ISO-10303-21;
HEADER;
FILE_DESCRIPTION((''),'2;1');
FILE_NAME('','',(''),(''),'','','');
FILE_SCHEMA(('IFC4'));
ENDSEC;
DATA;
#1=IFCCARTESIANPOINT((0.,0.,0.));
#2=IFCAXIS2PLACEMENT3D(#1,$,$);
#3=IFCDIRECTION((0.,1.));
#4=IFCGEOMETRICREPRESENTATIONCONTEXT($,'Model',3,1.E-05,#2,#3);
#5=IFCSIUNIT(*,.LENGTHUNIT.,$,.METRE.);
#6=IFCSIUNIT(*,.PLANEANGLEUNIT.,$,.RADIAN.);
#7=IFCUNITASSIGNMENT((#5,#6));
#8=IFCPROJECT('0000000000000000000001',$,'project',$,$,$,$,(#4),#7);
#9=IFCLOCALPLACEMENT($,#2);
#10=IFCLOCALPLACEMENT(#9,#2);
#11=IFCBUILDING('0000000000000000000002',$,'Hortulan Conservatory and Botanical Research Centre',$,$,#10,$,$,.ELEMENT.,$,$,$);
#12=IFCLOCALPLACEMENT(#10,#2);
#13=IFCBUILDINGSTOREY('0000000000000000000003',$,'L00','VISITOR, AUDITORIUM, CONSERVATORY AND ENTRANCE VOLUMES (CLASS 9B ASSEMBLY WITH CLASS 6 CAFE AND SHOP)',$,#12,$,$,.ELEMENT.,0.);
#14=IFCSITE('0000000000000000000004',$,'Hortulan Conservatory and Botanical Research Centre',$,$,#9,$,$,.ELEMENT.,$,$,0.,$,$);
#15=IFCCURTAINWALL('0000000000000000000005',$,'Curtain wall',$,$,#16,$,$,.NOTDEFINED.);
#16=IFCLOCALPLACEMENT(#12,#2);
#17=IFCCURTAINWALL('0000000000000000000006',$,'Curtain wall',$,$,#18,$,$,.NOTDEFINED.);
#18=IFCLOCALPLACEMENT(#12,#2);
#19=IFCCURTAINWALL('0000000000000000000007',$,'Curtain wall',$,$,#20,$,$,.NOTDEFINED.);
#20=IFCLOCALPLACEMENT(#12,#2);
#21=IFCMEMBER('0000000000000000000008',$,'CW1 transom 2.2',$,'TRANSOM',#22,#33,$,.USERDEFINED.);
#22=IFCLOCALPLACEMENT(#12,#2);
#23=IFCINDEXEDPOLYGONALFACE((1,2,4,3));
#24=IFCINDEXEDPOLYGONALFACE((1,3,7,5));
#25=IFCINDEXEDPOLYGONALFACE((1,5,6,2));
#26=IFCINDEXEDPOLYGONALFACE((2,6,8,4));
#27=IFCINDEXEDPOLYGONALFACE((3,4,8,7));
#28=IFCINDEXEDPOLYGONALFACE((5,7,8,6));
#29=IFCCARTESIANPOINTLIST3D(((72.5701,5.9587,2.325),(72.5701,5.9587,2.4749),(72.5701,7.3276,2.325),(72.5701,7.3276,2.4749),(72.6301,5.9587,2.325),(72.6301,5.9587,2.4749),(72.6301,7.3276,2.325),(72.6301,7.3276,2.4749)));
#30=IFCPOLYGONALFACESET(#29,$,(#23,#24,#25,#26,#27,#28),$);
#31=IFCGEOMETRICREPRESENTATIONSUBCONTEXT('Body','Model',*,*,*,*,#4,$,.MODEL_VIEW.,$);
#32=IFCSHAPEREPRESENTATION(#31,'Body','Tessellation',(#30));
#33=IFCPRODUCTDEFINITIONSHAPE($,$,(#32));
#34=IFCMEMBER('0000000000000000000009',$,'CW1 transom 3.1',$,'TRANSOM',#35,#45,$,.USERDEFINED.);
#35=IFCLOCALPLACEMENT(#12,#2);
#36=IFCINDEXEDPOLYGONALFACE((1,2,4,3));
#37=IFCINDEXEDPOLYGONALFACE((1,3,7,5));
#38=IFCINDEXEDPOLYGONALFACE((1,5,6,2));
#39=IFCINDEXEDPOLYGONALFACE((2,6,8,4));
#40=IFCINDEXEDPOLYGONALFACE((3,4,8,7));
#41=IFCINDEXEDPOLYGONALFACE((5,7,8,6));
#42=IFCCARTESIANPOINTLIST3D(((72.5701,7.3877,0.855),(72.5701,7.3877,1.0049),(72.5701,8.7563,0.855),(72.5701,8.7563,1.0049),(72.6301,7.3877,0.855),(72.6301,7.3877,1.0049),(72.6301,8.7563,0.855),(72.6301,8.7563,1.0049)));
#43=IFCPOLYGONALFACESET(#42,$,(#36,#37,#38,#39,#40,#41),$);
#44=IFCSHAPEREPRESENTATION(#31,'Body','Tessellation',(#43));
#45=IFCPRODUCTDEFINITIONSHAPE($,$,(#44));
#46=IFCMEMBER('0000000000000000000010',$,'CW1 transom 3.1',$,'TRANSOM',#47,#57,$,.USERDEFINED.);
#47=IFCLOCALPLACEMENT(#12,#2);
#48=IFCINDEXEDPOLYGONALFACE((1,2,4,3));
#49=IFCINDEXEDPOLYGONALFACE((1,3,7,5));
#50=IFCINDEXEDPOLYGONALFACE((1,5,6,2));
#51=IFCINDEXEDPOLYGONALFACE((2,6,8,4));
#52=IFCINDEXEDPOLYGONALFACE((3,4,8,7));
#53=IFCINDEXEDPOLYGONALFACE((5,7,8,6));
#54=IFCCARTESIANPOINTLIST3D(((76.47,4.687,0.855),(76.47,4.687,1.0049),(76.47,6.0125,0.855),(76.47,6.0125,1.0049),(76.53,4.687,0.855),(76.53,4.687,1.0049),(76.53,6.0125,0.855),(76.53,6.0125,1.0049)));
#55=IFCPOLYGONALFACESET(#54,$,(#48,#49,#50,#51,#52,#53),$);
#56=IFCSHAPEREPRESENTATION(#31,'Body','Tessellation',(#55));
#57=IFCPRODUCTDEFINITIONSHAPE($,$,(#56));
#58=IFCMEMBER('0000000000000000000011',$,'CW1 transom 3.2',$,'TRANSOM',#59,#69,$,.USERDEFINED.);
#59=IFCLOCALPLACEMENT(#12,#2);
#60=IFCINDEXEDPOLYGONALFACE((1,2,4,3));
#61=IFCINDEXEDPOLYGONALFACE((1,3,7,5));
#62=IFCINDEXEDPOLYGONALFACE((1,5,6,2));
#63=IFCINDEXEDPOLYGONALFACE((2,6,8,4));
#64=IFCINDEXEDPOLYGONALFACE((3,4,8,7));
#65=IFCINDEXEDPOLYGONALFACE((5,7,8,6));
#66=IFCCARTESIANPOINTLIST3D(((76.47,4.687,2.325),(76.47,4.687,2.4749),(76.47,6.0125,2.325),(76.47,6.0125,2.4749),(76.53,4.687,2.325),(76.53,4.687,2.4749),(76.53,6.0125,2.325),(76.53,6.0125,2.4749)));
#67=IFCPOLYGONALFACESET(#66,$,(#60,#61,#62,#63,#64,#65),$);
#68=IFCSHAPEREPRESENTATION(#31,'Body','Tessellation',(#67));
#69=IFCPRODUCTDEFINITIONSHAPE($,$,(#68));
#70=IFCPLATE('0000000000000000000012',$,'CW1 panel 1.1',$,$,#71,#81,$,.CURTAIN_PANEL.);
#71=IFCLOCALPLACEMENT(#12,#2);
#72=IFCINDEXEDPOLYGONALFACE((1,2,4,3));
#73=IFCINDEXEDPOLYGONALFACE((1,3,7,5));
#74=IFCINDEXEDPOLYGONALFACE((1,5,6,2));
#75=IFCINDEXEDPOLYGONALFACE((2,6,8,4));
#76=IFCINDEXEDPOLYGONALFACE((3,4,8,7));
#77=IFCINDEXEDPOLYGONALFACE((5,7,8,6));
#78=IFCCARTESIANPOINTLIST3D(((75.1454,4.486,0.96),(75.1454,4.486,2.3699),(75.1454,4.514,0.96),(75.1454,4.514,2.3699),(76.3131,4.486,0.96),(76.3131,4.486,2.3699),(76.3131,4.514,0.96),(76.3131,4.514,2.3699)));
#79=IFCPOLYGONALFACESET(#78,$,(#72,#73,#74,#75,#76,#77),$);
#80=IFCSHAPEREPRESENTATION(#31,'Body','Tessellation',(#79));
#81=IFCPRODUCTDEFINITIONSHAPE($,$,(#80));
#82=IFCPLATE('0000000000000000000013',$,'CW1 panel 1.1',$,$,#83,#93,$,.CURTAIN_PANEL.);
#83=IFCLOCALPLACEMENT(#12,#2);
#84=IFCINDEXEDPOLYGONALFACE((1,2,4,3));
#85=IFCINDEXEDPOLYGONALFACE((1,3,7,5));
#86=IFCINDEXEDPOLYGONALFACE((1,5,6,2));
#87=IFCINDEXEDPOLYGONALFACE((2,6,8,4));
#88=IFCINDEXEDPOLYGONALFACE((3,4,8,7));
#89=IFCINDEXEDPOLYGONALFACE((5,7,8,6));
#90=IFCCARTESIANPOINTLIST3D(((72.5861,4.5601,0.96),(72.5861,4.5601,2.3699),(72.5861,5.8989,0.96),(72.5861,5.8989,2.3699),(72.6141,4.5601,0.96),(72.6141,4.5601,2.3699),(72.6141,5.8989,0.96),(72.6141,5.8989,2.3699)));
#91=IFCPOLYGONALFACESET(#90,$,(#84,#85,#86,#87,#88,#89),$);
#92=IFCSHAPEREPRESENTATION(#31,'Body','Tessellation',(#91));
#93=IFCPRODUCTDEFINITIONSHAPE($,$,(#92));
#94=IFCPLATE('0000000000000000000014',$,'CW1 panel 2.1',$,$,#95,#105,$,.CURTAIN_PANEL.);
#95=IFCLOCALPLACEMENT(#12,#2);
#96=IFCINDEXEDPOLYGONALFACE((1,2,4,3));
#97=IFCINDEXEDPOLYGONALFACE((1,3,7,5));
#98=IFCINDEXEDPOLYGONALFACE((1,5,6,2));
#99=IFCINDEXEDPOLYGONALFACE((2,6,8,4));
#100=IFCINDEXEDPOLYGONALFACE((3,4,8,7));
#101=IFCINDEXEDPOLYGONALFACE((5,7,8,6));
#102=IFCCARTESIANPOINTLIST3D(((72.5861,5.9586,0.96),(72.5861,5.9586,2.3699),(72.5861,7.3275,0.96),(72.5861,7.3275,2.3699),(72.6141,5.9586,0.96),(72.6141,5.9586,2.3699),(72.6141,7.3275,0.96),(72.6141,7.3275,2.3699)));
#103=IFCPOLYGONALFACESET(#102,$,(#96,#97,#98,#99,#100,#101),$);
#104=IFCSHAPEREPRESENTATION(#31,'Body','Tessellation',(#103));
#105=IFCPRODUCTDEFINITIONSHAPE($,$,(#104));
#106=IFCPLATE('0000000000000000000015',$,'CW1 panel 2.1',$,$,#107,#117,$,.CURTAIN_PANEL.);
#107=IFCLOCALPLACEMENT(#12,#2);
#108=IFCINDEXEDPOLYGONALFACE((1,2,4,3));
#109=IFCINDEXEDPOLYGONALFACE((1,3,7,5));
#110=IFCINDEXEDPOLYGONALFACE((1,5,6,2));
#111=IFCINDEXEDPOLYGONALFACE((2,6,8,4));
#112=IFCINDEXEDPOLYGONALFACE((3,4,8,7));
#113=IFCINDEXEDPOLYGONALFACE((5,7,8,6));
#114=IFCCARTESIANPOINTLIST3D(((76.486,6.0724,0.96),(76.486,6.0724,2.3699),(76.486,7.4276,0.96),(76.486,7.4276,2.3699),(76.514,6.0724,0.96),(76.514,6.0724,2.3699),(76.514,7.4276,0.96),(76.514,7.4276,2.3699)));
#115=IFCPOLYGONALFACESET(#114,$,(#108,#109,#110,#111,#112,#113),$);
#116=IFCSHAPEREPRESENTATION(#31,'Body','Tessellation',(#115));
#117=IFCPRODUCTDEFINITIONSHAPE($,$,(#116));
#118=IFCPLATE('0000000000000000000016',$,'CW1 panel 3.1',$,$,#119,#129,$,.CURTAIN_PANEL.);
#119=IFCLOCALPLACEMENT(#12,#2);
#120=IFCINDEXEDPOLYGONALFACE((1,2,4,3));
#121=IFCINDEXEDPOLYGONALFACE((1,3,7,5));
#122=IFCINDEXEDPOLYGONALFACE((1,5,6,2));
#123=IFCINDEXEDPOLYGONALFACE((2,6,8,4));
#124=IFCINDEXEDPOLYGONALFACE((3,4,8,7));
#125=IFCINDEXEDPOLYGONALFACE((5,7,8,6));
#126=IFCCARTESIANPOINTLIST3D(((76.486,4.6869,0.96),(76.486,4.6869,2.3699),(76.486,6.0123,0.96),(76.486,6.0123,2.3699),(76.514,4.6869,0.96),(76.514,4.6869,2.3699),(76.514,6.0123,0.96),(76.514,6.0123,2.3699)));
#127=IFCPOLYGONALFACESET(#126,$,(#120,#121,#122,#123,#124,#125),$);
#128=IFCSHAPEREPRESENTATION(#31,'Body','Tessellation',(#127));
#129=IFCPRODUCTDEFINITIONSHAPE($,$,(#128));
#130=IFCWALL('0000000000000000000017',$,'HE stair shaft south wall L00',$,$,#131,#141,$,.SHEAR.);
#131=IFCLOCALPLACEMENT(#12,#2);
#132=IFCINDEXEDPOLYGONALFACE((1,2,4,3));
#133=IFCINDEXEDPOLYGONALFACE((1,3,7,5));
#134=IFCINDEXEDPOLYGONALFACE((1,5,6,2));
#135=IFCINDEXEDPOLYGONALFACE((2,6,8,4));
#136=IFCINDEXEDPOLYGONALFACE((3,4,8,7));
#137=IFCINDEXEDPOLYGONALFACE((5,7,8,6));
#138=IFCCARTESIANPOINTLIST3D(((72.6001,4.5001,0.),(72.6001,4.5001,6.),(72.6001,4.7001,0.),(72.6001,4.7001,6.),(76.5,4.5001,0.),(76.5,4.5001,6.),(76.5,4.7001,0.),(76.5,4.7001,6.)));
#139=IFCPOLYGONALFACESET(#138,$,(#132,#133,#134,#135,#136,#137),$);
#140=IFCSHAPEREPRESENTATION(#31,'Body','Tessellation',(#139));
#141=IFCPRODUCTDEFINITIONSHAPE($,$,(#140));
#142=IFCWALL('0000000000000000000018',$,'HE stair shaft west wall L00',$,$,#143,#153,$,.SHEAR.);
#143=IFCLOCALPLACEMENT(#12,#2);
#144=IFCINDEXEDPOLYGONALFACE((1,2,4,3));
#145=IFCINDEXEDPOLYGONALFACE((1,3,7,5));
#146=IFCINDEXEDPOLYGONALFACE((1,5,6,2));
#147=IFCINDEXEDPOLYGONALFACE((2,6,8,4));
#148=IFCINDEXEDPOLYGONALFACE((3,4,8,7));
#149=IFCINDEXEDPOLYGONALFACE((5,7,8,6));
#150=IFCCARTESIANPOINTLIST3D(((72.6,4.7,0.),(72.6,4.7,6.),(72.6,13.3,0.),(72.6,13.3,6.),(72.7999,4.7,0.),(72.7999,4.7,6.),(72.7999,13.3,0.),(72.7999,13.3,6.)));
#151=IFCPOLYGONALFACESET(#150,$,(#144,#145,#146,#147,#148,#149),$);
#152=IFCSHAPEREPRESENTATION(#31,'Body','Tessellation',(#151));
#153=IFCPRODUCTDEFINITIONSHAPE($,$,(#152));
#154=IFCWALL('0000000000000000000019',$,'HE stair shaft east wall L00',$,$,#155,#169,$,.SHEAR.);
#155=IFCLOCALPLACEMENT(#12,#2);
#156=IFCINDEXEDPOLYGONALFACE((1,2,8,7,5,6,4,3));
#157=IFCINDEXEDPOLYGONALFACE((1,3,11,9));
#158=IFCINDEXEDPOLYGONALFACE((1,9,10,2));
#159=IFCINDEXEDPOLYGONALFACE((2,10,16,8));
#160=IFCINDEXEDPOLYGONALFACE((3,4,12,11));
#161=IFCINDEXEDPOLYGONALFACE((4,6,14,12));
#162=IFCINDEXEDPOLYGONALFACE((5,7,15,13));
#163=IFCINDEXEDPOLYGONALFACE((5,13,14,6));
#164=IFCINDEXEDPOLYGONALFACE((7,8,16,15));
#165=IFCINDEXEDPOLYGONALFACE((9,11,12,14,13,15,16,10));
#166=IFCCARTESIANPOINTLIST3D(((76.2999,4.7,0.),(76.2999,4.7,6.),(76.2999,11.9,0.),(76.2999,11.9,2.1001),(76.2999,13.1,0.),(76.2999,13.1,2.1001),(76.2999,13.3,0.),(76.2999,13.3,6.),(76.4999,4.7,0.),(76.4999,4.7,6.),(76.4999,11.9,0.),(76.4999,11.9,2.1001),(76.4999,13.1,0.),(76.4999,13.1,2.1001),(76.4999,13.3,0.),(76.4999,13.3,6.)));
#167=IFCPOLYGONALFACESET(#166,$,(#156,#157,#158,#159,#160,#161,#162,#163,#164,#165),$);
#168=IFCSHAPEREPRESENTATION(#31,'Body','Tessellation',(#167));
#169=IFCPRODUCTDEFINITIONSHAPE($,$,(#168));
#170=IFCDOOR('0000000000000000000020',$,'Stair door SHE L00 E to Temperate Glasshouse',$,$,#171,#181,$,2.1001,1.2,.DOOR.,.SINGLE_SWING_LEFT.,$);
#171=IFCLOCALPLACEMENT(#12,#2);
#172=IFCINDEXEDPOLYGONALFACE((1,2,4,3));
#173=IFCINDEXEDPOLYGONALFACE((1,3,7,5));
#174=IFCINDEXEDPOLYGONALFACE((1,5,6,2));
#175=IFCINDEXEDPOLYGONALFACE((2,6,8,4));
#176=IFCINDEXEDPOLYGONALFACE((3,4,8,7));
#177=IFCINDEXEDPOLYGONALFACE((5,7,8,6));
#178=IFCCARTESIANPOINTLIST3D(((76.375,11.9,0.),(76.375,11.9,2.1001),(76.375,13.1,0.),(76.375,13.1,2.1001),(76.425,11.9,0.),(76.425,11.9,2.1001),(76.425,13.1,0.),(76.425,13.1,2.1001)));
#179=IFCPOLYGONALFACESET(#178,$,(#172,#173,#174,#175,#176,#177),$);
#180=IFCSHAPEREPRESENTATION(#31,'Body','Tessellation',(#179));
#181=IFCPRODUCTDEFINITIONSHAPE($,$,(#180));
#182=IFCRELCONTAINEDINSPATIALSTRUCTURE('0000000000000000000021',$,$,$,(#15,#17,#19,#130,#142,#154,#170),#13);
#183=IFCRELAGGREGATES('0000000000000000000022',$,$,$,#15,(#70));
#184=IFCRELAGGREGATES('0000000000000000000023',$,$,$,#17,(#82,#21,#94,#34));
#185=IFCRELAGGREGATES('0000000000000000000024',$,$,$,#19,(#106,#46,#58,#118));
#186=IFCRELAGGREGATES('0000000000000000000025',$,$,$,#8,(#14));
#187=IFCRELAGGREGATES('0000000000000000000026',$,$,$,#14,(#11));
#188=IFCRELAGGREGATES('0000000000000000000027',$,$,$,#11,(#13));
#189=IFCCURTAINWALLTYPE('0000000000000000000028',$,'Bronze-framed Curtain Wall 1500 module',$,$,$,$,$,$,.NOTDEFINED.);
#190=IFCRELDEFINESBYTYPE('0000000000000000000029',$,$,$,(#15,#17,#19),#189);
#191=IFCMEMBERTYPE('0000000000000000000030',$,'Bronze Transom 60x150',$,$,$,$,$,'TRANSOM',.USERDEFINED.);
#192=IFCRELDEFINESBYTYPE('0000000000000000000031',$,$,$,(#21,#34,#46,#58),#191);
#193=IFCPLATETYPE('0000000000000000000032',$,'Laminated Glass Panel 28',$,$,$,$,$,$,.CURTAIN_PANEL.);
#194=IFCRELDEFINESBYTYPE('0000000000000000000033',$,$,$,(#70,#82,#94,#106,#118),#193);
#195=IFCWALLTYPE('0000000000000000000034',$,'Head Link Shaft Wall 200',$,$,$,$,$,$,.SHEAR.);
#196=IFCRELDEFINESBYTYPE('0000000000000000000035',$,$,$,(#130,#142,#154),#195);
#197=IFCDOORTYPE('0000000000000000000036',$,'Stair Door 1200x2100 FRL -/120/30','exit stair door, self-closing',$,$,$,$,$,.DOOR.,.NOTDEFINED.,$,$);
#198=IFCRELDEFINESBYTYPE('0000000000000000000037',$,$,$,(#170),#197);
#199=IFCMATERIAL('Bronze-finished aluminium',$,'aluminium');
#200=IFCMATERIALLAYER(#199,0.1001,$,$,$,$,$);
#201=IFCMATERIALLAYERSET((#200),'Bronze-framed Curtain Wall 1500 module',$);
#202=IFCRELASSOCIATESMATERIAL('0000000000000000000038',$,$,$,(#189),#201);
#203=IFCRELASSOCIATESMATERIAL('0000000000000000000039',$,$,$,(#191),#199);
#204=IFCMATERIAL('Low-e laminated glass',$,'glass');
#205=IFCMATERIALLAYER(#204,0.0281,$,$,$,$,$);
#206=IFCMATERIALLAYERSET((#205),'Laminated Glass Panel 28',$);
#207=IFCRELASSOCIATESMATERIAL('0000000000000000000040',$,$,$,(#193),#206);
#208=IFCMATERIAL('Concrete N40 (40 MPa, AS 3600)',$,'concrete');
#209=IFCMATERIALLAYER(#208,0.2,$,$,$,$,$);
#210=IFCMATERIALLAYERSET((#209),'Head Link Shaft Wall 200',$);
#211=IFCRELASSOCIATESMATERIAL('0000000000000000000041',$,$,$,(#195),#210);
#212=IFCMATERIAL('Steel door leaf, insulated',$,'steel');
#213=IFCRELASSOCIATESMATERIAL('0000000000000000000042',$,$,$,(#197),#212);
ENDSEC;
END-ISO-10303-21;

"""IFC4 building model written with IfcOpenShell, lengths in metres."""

from ifc_helpers import new_model, si_unit, direction, frame, frame_2d, origin, origin_2d, place, context, subcontext, project, spatial, rectangle, extrude, material, layer, layer_set, material_profile, profile_set, type_object, element, fill, aggregate, save


model = new_model("IFC4")

# Units and contexts
model_context = context("Model", 3, precision=1e-05, world=origin(), true_north=direction((0.0, 1.0)))
body_context = subcontext(model_context, "Body", "Model", "MODEL_VIEW")
ifc_project = project(units=[si_unit("LENGTHUNIT", "METRE"), si_unit("PLANEANGLEUNIT", "RADIAN")], contexts=[model_context])

# Site, building, storey
site_placement = place(None, origin())
site = spatial("IfcSite", under=ifc_project, at=site_placement, Name="Hortulan Conservatory and Botanical Research Centre", CompositionType="ELEMENT", RefElevation=0.0)
building_placement = place(site_placement, origin())
building = spatial("IfcBuilding", under=site, at=building_placement, Name="Hortulan Conservatory and Botanical Research Centre", CompositionType="ELEMENT")
storey_placement = place(building_placement, origin())
storey = spatial("IfcBuildingStorey", under=building, at=storey_placement, Name="L00", Description="VISITOR, AUDITORIUM, CONSERVATORY AND ENTRANCE VOLUMES (CLASS 9B ASSEMBLY WITH CLASS 6 CAFE AND SHOP)", CompositionType="ELEMENT", Elevation=0.0)

# Curtain wall
ifc_material_1 = material(Name="Bronze-finished aluminium", Category="aluminium")
ifc_layer_1 = layer(ifc_material_1, 0.1001)
ifc_layer_set_1 = layer_set([ifc_layer_1], Name="Bronze-framed Curtain Wall 1500 module")
curtain_wall_type = type_object("IfcCurtainWallType", Name="Bronze-framed Curtain Wall 1500 module", PredefinedType="NOTDEFINED", material=ifc_layer_set_1)
curtain_wall_1_placement = place(storey_placement, origin())
curtain_wall_1 = element("IfcCurtainWall", 1, at=curtain_wall_1_placement, inside=storey, type_object=curtain_wall_type, Name="Curtain wall", PredefinedType="NOTDEFINED")

# Curtain walls
curtain_wall_2_placement = place(storey_placement, origin())
curtain_wall_2 = element("IfcCurtainWall", 2, at=curtain_wall_2_placement, inside=storey, type_object=curtain_wall_type, Name="Curtain wall", PredefinedType="NOTDEFINED")
curtain_wall_3_placement = place(storey_placement, origin())
curtain_wall_3 = element("IfcCurtainWall", 3, at=curtain_wall_3_placement, inside=storey, type_object=curtain_wall_type, Name="Curtain wall", PredefinedType="NOTDEFINED")

# Members
ifc_material_profile_1 = material_profile(ifc_material_1, rectangle(XDim=0.0601, YDim=0.1499, at=origin_2d()), Name="Bronze Transom 60x150")
ifc_profile_set_1 = profile_set([ifc_material_profile_1], Name="Bronze-finished aluminium")
member_type_1 = type_object("IfcMemberType", Name="Bronze Transom 60x150", ElementType="TRANSOM", PredefinedType="USERDEFINED", material=ifc_profile_set_1)
member_1_placement = place(storey_placement, frame((72.6001, 5.9587, 2.3999), z_axis=(0.0, 1.0, 0.0), x_axis=(-1.0, 0.0, 0.0)))
member_1 = element("IfcMember", 4, at=member_1_placement, type_object=member_type_1, Name="CW1 transom 2.2", ObjectType="TRANSOM", PredefinedType="USERDEFINED", context=body_context, shape_type="SweptSolid", body=[
    extrude(rectangle(XDim=0.0601, YDim=0.1499, at=origin_2d()), origin(), (0.0, 0.0, 1.0), 1.3689),
])
member_2_placement = place(storey_placement, frame((72.6001, 7.3877, 0.9299), z_axis=(0.0, 1.0, 0.0), x_axis=(-1.0, 0.0, 0.0)))
member_2 = element("IfcMember", 5, at=member_2_placement, type_object=member_type_1, Name="CW1 transom 3.1", ObjectType="TRANSOM", PredefinedType="USERDEFINED", context=body_context, shape_type="SweptSolid", body=[
    extrude(rectangle(XDim=0.0601, YDim=0.1499, at=origin_2d()), origin(), (0.0, 0.0, 1.0), 1.3687),
])
member_3_placement = place(storey_placement, frame((76.5, 6.0125, 0.9299), z_axis=(0.0, -1.0, 0.0), x_axis=(1.0, 0.0, 0.0)))
member_3 = element("IfcMember", 6, at=member_3_placement, type_object=member_type_1, Name="CW1 transom 3.1", ObjectType="TRANSOM", PredefinedType="USERDEFINED", context=body_context, shape_type="SweptSolid", body=[
    extrude(rectangle(XDim=0.0601, YDim=0.1499, at=origin_2d()), origin(), (0.0, 0.0, 1.0), 1.3254),
])
member_4_placement = place(storey_placement, frame((76.5, 6.0125, 2.3999), z_axis=(0.0, -1.0, 0.0), x_axis=(1.0, 0.0, 0.0)))
member_4 = element("IfcMember", 7, at=member_4_placement, type_object=member_type_1, Name="CW1 transom 3.2", ObjectType="TRANSOM", PredefinedType="USERDEFINED", context=body_context, shape_type="SweptSolid", body=[
    extrude(rectangle(XDim=0.0601, YDim=0.1499, at=origin_2d()), origin(), (0.0, 0.0, 1.0), 1.3254),
])

# Plates
ifc_material_2 = material(Name="Low-e laminated glass", Category="glass")
ifc_layer_2 = layer(ifc_material_2, 0.0281)
ifc_layer_set_2 = layer_set([ifc_layer_2], Name="Laminated Glass Panel 28")
plate_type = type_object("IfcPlateType", Name="Laminated Glass Panel 28", PredefinedType="CURTAIN_PANEL", material=ifc_layer_set_2)
plate_1_placement = place(storey_placement, frame((75.7292, 4.5, 0.96), z_axis=(0.0, 0.0, 1.0), x_axis=(-1.0, 0.0, 0.0)))
plate_1 = element("IfcPlate", 8, at=plate_1_placement, type_object=plate_type, Name="CW1 panel 1.1", PredefinedType="CURTAIN_PANEL", context=body_context, shape_type="SweptSolid", body=[
    extrude(rectangle(XDim=1.1677, YDim=0.0281, at=origin_2d()), origin(), (0.0, 0.0, 1.0), 1.4099),
])
aggregate(curtain_wall_1, [plate_1])
plate_2_placement = place(storey_placement, frame((72.6001, 5.2295, 0.96), z_axis=(0.0, 0.0, 1.0), x_axis=(0.0, 1.0, 0.0)))
plate_2 = element("IfcPlate", 9, at=plate_2_placement, type_object=plate_type, Name="CW1 panel 1.1", PredefinedType="CURTAIN_PANEL", context=body_context, shape_type="SweptSolid", body=[
    extrude(rectangle(XDim=1.3389, YDim=0.0281, at=origin_2d()), origin(), (0.0, 0.0, 1.0), 1.4099),
])
plate_3_placement = place(storey_placement, frame((72.6001, 6.6431, 0.96), z_axis=(0.0, 0.0, 1.0), x_axis=(0.0, 1.0, 0.0)))
plate_3 = element("IfcPlate", 10, at=plate_3_placement, type_object=plate_type, Name="CW1 panel 2.1", PredefinedType="CURTAIN_PANEL", context=body_context, shape_type="SweptSolid", body=[
    extrude(rectangle(XDim=1.3689, YDim=0.0281, at=origin_2d()), origin(), (0.0, 0.0, 1.0), 1.4099),
])
aggregate(curtain_wall_2, [plate_2, member_1, plate_3, member_2])
plate_4_placement = place(storey_placement, frame((76.5, 6.75, 0.96), z_axis=(0.0, 0.0, 1.0), x_axis=(0.0, -1.0, 0.0)))
plate_4 = element("IfcPlate", 11, at=plate_4_placement, type_object=plate_type, Name="CW1 panel 2.1", PredefinedType="CURTAIN_PANEL", context=body_context, shape_type="SweptSolid", body=[
    extrude(rectangle(XDim=1.3552, YDim=0.0281, at=origin_2d()), origin(), (0.0, 0.0, 1.0), 1.4099),
])
plate_5_placement = place(storey_placement, frame((76.5, 5.3496, 0.96), z_axis=(0.0, 0.0, 1.0), x_axis=(0.0, -1.0, 0.0)))
plate_5 = element("IfcPlate", 12, at=plate_5_placement, type_object=plate_type, Name="CW1 panel 3.1", PredefinedType="CURTAIN_PANEL", context=body_context, shape_type="SweptSolid", body=[
    extrude(rectangle(XDim=1.3254, YDim=0.0281, at=origin_2d()), origin(), (0.0, 0.0, 1.0), 1.4099),
])
aggregate(curtain_wall_3, [plate_4, member_3, member_4, plate_5])

# Walls
ifc_material_3 = material(Name="Concrete N40 (40 MPa, AS 3600)", Category="concrete")
ifc_layer_3 = layer(ifc_material_3, 0.2)
ifc_layer_set_3 = layer_set([ifc_layer_3], Name="Head Link Shaft Wall 200")
wall_type = type_object("IfcWallType", Name="Head Link Shaft Wall 200", PredefinedType="SHEAR", material=ifc_layer_set_3)
wall_1_placement = place(storey_placement, frame((72.6001, 4.6001, 0.0), z_axis=(0.0, 0.0, 1.0), x_axis=(1.0, 0.0, 0.0)))
element("IfcWall", 13, at=wall_1_placement, inside=storey, type_object=wall_type, Name="HE stair shaft south wall L00", PredefinedType="SHEAR", context=body_context, shape_type="SweptSolid", body=[
    extrude(rectangle(XDim=3.8999, YDim=0.2, at=frame_2d((1.95, 0.0))), origin(), (0.0, 0.0, 1.0), 6.0),
])
wall_2_placement = place(storey_placement, frame((72.7, 4.7, 0.0), z_axis=(0.0, 0.0, 1.0), x_axis=(0.0, 1.0, 0.0)))
element("IfcWall", 14, at=wall_2_placement, inside=storey, type_object=wall_type, Name="HE stair shaft west wall L00", PredefinedType="SHEAR", context=body_context, shape_type="SweptSolid", body=[
    extrude(rectangle(XDim=8.6001, YDim=0.2, at=frame_2d((4.3, 0.0))), origin(), (0.0, 0.0, 1.0), 6.0),
])

# Wall, opening, door
wall_3_placement = place(storey_placement, frame((76.3999, 4.7, 0.0), z_axis=(0.0, 0.0, 1.0), x_axis=(0.0, 1.0, 0.0)))
wall_3 = element("IfcWall", 15, at=wall_3_placement, inside=storey, type_object=wall_type, Name="HE stair shaft east wall L00", PredefinedType="SHEAR", context=body_context, shape_type="SweptSolid", body=[
    extrude(rectangle(XDim=8.6001, YDim=0.2, at=frame_2d((4.3, 0.0))), origin(), (0.0, 0.0, 1.0), 6.0),
])
opening_placement = place(wall_3_placement, frame((7.2, 0.0, 0.0)))
opening = element("IfcOpeningElement", 16, at=opening_placement, cuts=wall_3, PredefinedType="OPENING", context=body_context, shape_type="SweptSolid", body=[
    extrude(rectangle(XDim=1.2, YDim=2.1001, at=frame_2d((0.6001, 1.05))), frame((0.0, 0.1099, 0.0), z_axis=(0.0, -1.0, 0.0), x_axis=(1.0, 0.0, 0.0)), (0.0, 0.0, 1.0), 0.22),
])
ifc_material_4 = material(Name="Steel door leaf, insulated", Category="steel")
door_type = type_object("IfcDoorType", Name="Stair Door 1200x2100 FRL -/120/30", Description="exit stair door, self-closing", OperationType="NOTDEFINED", PredefinedType="DOOR", material=ifc_material_4)
door_placement = place(opening_placement, origin())
door = element("IfcDoor", 17, at=door_placement, inside=storey, type_object=door_type, Name="Stair door SHE L00 E to Temperate Glasshouse", OperationType="SINGLE_SWING_LEFT", OverallHeight=2.1001, OverallWidth=1.2, PredefinedType="DOOR", context=body_context, shape_type="SweptSolid", body=[
    extrude(rectangle(XDim=1.2, YDim=2.1001, at=frame_2d((0.6001, 1.05))), frame((0.0, 0.0249, 0.0), z_axis=(0.0, -1.0, 0.0), x_axis=(1.0, 0.0, 0.0)), (0.0, 0.0, 1.0), 0.05),
])
fill(opening, door)

save(model, "model.ifc")
